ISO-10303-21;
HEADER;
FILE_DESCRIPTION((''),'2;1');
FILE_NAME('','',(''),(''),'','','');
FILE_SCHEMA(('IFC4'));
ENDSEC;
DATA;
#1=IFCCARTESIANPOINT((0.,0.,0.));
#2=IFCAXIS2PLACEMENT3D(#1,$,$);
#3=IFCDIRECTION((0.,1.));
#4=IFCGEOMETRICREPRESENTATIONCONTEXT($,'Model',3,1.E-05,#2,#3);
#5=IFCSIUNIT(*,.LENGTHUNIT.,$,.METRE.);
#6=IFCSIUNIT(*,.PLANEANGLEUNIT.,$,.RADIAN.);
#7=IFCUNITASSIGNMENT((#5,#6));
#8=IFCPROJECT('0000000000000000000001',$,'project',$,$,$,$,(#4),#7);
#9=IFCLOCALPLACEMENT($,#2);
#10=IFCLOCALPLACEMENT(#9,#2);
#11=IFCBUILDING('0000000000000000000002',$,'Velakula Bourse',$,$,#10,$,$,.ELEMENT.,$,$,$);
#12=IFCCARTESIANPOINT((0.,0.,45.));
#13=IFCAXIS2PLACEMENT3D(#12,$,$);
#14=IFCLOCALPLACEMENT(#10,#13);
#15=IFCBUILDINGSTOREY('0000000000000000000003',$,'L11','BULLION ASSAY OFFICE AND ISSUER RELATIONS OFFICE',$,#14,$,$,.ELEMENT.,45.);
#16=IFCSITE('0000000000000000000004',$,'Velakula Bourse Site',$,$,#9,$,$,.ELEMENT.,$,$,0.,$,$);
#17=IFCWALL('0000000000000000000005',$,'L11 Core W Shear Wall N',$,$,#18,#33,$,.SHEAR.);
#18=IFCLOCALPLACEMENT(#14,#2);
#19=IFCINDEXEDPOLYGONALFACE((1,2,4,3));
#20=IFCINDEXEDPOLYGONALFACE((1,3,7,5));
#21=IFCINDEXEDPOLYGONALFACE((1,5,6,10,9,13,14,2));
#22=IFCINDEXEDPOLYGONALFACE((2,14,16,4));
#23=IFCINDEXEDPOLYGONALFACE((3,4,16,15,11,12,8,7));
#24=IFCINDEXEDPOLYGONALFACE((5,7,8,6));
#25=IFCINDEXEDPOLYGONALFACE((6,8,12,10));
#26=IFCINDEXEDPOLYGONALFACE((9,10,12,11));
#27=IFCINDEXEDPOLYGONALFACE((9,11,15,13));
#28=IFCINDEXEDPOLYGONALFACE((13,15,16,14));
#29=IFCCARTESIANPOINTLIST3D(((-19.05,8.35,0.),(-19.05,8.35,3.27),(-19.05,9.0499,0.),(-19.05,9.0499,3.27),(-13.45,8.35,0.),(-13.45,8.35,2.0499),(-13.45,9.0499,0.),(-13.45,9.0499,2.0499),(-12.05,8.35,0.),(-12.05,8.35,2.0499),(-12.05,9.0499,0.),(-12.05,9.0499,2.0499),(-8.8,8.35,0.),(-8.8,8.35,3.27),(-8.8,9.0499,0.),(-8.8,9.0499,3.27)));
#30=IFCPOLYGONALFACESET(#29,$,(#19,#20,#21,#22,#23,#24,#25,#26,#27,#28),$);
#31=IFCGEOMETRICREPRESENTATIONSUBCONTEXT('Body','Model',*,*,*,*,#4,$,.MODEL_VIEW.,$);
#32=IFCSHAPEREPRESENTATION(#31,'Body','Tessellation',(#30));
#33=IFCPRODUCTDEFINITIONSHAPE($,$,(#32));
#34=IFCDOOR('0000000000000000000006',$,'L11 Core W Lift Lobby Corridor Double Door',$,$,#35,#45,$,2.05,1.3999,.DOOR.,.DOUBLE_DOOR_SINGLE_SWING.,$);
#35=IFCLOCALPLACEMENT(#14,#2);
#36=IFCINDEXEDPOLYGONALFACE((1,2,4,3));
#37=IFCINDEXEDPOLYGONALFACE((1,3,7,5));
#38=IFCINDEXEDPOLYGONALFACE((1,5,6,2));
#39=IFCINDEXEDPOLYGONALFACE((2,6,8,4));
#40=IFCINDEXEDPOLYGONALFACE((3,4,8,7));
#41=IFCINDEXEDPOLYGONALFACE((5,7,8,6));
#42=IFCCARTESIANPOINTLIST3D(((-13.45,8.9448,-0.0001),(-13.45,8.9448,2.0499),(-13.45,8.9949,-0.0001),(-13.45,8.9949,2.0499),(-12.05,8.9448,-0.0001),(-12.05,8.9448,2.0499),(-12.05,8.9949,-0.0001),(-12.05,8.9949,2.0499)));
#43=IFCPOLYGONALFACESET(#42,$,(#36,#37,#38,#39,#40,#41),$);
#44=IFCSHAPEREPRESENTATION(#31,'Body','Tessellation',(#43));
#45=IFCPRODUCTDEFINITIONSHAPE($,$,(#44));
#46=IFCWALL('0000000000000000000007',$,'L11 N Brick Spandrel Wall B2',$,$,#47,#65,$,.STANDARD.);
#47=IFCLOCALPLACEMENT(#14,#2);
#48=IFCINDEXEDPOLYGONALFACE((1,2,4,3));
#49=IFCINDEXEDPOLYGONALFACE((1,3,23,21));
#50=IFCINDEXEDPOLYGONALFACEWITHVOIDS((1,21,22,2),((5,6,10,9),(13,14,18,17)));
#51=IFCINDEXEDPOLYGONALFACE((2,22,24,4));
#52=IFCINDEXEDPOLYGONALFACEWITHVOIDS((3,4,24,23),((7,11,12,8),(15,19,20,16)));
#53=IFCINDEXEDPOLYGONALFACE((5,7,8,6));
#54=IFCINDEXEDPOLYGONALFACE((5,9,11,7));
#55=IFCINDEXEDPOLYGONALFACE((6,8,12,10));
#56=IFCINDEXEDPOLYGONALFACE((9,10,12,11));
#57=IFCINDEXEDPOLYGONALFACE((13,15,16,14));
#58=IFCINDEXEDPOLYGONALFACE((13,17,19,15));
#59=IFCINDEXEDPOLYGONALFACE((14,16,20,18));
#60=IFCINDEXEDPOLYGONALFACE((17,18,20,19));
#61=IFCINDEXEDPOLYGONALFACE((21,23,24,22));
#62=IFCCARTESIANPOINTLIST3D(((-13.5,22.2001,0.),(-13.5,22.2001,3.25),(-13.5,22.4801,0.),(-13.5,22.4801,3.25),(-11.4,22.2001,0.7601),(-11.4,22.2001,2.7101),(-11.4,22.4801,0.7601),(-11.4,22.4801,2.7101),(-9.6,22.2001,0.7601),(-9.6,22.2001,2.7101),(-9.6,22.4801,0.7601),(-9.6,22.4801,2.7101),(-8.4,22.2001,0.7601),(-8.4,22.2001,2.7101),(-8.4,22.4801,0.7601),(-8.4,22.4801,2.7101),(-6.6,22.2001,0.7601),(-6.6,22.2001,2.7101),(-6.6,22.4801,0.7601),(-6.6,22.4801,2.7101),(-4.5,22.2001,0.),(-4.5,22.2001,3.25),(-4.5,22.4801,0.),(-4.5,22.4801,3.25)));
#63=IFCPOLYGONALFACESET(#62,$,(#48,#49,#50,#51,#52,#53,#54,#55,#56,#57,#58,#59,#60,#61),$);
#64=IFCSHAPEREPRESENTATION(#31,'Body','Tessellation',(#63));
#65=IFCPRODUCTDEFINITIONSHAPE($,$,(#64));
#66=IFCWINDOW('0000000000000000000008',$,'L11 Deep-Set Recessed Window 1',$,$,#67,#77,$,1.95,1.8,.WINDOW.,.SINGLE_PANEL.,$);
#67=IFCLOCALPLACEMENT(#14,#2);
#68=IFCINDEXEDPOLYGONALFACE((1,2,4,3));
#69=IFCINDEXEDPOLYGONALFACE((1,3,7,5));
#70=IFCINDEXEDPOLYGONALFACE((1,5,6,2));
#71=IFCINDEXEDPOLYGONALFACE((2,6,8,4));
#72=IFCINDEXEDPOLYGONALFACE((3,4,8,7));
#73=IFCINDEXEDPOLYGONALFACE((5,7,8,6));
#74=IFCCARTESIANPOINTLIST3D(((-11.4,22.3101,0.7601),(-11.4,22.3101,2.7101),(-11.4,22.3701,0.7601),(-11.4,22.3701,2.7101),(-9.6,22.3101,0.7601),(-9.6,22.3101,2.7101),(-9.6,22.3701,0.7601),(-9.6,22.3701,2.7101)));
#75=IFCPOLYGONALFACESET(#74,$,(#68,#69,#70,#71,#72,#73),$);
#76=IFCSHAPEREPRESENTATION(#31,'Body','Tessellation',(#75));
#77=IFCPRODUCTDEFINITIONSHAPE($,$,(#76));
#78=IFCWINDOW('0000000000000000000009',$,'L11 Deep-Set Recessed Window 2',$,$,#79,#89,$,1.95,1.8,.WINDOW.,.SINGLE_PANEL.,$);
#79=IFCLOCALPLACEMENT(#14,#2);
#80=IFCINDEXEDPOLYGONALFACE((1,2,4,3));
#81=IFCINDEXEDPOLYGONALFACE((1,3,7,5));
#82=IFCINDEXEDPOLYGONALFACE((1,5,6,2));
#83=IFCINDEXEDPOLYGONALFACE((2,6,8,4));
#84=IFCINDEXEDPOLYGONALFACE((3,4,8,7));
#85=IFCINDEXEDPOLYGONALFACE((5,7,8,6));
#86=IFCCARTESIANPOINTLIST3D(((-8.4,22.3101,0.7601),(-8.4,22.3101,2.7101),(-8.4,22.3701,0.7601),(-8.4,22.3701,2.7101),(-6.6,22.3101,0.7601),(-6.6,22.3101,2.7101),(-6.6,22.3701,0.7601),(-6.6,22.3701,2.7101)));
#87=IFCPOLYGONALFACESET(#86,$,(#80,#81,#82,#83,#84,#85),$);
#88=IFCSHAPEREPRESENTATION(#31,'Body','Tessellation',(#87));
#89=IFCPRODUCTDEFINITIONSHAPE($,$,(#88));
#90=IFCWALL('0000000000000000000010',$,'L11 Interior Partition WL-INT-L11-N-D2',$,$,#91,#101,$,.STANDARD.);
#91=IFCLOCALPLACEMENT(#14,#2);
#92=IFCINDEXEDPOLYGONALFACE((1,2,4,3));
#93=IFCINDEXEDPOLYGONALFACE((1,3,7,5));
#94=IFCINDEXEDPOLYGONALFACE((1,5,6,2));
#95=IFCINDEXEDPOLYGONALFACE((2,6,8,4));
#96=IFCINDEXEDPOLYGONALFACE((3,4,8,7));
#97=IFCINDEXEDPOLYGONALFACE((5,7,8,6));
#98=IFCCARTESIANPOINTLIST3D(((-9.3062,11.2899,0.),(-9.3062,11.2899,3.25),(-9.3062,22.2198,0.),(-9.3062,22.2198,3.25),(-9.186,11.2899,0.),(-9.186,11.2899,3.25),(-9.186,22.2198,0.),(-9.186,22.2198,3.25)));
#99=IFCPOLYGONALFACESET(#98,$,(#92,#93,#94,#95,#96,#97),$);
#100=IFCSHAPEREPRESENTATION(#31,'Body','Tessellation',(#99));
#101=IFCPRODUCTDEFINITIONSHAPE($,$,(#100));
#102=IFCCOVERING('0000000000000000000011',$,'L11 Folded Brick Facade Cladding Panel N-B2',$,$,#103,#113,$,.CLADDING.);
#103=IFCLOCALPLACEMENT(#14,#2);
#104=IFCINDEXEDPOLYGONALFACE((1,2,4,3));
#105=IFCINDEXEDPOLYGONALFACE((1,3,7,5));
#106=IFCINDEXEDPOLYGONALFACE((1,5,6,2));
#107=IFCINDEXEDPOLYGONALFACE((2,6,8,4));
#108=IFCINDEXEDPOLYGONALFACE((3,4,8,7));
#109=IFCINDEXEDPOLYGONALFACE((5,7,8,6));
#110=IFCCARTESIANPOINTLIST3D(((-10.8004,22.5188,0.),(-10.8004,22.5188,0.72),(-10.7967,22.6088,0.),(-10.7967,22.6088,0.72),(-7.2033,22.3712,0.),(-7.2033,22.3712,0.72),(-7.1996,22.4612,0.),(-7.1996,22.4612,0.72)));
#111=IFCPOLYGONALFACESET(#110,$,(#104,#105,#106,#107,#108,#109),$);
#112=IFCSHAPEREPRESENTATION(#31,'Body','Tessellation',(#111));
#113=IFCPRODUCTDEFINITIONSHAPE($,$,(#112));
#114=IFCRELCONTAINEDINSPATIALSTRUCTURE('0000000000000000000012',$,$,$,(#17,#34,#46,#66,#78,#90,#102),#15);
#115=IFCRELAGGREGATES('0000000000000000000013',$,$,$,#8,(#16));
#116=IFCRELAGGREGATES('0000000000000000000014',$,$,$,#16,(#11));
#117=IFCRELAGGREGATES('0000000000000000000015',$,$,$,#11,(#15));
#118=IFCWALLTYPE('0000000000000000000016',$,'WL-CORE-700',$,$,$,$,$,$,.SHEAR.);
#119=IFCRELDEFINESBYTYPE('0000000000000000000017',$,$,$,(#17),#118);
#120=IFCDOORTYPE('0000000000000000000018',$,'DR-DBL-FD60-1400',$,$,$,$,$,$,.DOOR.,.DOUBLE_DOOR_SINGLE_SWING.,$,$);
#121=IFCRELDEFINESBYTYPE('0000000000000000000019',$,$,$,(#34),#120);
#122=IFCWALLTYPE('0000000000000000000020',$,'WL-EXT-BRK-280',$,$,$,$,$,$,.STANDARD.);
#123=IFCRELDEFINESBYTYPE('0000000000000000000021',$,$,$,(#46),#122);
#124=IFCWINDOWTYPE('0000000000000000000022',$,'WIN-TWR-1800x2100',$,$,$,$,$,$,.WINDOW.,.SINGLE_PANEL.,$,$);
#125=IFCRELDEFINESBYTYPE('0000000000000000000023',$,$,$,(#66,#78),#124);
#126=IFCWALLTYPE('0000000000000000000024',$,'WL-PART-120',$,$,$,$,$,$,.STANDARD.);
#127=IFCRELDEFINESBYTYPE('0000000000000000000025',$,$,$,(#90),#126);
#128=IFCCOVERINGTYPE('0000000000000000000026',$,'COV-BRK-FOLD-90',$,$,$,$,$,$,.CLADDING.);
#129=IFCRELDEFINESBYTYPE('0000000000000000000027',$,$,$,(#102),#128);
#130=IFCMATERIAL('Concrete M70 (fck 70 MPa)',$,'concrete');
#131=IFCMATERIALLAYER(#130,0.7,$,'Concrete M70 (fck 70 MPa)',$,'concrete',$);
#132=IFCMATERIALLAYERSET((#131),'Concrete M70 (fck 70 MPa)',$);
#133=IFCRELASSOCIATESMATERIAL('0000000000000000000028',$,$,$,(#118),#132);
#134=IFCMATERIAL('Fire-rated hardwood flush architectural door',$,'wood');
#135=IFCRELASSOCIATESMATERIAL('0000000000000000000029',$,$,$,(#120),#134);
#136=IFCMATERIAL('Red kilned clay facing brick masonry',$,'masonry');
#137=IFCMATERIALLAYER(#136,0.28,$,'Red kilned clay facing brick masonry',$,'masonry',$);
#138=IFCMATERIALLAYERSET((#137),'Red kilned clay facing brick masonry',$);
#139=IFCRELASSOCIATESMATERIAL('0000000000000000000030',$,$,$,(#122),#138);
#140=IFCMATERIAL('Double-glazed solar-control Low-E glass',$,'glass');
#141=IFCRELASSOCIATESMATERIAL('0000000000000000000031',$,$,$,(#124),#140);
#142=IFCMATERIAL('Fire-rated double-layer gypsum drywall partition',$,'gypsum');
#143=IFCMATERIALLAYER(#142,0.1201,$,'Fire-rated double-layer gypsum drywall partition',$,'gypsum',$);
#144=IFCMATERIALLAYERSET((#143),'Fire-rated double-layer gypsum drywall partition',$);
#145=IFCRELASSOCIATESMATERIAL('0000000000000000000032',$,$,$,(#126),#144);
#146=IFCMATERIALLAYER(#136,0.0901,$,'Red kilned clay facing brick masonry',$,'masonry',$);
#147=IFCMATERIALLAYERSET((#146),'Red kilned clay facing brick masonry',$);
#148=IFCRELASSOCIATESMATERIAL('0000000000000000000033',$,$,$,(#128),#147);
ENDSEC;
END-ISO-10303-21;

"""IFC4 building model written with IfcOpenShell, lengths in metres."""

from ifc_helpers import new_model, si_unit, direction, frame, frame_2d, origin, origin_2d, place, context, subcontext, project, spatial, rectangle, extrude, material, layer, layer_set, type_object, element, fill, save


model = new_model("IFC4")

# Units and contexts
model_context = context("Model", 3, precision=1e-05, world=origin(), true_north=direction((0.0, 1.0)))
body_context = subcontext(model_context, "Body", "Model", "MODEL_VIEW")
ifc_project = project(units=[si_unit("LENGTHUNIT", "METRE"), si_unit("PLANEANGLEUNIT", "RADIAN")], contexts=[model_context])

# Site, building, storey
site_placement = place(None, origin())
site = spatial("IfcSite", under=ifc_project, at=site_placement, Name="Velakula Bourse Site", CompositionType="ELEMENT", RefElevation=0.0)
building_placement = place(site_placement, origin())
building = spatial("IfcBuilding", under=site, at=building_placement, Name="Velakula Bourse", CompositionType="ELEMENT")
storey_placement = place(building_placement, frame((0.0, 0.0, 45.0)))
storey = spatial("IfcBuildingStorey", under=building, at=storey_placement, Name="L11", Description="BULLION ASSAY OFFICE AND ISSUER RELATIONS OFFICE", CompositionType="ELEMENT", Elevation=45.0)

# Wall, opening, door
ifc_material_1 = material(Name="Concrete M70 (fck 70 MPa)", Category="concrete")
ifc_layer_1 = layer(ifc_material_1, 0.7, Name="Concrete M70 (fck 70 MPa)", Category="concrete")
ifc_layer_set_1 = layer_set([ifc_layer_1], Name="Concrete M70 (fck 70 MPa)")
wall_type_1 = type_object("IfcWallType", Name="WL-CORE-700", PredefinedType="SHEAR", material=ifc_layer_set_1)
wall_1_placement = place(storey_placement, frame((-19.05, 8.7, 0.0), z_axis=(0.0, 0.0, 1.0), x_axis=(1.0, 0.0, 0.0)))
wall_1 = element("IfcWall", 1, at=wall_1_placement, inside=storey, type_object=wall_type_1, Name="L11 Core W Shear Wall N", PredefinedType="SHEAR", context=body_context, shape_type="SweptSolid", body=[
    extrude(rectangle(XDim=10.25, YDim=0.7, at=frame_2d((5.125, 0.0))), origin(), (0.0, 0.0, 1.0), 3.27),
])
opening_1_placement = place(wall_1_placement, frame((5.6001, 0.0, 0.0)))
opening_1 = element("IfcOpeningElement", 2, at=opening_1_placement, cuts=wall_1, PredefinedType="OPENING", context=body_context, shape_type="SweptSolid", body=[
    extrude(rectangle(XDim=1.3999, YDim=2.05, at=frame_2d((0.7, 1.0249))), frame((0.0, 0.3599, 0.0), z_axis=(0.0, -1.0, 0.0), x_axis=(1.0, 0.0, 0.0)), (0.0, 0.0, 1.0), 0.72),
])
ifc_material_2 = material(Name="Fire-rated hardwood flush architectural door", Category="wood")
door_type = type_object("IfcDoorType", Name="DR-DBL-FD60-1400", OperationType="DOUBLE_DOOR_SINGLE_SWING", PredefinedType="DOOR", material=ifc_material_2)
door_placement = place(opening_1_placement, origin())
door = element("IfcDoor", 3, at=door_placement, inside=storey, type_object=door_type, Name="L11 Core W Lift Lobby Corridor Double Door", OperationType="DOUBLE_DOOR_SINGLE_SWING", OverallHeight=2.05, OverallWidth=1.3999, PredefinedType="DOOR", context=body_context, shape_type="SweptSolid", body=[
    extrude(rectangle(XDim=1.3999, YDim=2.05, at=frame_2d((0.7, 1.0249))), frame((0.0, 0.2949, 0.0), z_axis=(0.0, -1.0, 0.0), x_axis=(1.0, 0.0, 0.0)), (0.0, 0.0, 1.0), 0.05),
])
fill(opening_1, door)

# Wall, openings, windows
ifc_material_3 = material(Name="Red kilned clay facing brick masonry", Category="masonry")
ifc_layer_2 = layer(ifc_material_3, 0.28, Name="Red kilned clay facing brick masonry", Category="masonry")
ifc_layer_set_2 = layer_set([ifc_layer_2], Name="Red kilned clay facing brick masonry")
wall_type_2 = type_object("IfcWallType", Name="WL-EXT-BRK-280", PredefinedType="STANDARD", material=ifc_layer_set_2)
wall_2_placement = place(storey_placement, frame((-13.5, 22.3401, 0.0), z_axis=(0.0, 0.0, 1.0), x_axis=(1.0, 0.0, 0.0)))
wall_2 = element("IfcWall", 4, at=wall_2_placement, inside=storey, type_object=wall_type_2, Name="L11 N Brick Spandrel Wall B2", PredefinedType="STANDARD", context=body_context, shape_type="SweptSolid", body=[
    extrude(rectangle(XDim=9.0, YDim=0.28, at=frame_2d((4.5, 0.0))), origin(), (0.0, 0.0, 1.0), 3.25),
])
opening_2_placement = place(wall_2_placement, frame((2.1001, 0.0, 0.76)))
opening_2 = element("IfcOpeningElement", 5, at=opening_2_placement, cuts=wall_2, PredefinedType="OPENING", context=body_context, shape_type="SweptSolid", body=[
    extrude(rectangle(XDim=1.8, YDim=1.95, at=frame_2d((0.8999, 0.9751))), frame((0.0, 0.1499, 0.0), z_axis=(0.0, -1.0, 0.0), x_axis=(1.0, 0.0, 0.0)), (0.0, 0.0, 1.0), 0.3),
])
opening_3_placement = place(wall_2_placement, frame((5.1001, 0.0, 0.76)))
opening_3 = element("IfcOpeningElement", 6, at=opening_3_placement, cuts=wall_2, PredefinedType="OPENING", context=body_context, shape_type="SweptSolid", body=[
    extrude(rectangle(XDim=1.8, YDim=1.95, at=frame_2d((0.8999, 0.9751))), frame((0.0, 0.1499, 0.0), z_axis=(0.0, -1.0, 0.0), x_axis=(1.0, 0.0, 0.0)), (0.0, 0.0, 1.0), 0.3),
])
ifc_material_4 = material(Name="Double-glazed solar-control Low-E glass", Category="glass")
window_type = type_object("IfcWindowType", Name="WIN-TWR-1800x2100", PartitioningType="SINGLE_PANEL", PredefinedType="WINDOW", material=ifc_material_4)
window_1_placement = place(opening_2_placement, origin())
window_1 = element("IfcWindow", 7, at=window_1_placement, inside=storey, type_object=window_type, Name="L11 Deep-Set Recessed Window 1", OverallHeight=1.95, OverallWidth=1.8, PartitioningType="SINGLE_PANEL", PredefinedType="WINDOW", context=body_context, shape_type="SweptSolid", body=[
    extrude(rectangle(XDim=1.8, YDim=1.95, at=frame_2d((0.8999, 0.9751))), frame((0.0, 0.03, 0.0), z_axis=(0.0, -1.0, 0.0), x_axis=(1.0, 0.0, 0.0)), (0.0, 0.0, 1.0), 0.0601),
])
fill(opening_2, window_1)
window_2_placement = place(opening_3_placement, origin())
window_2 = element("IfcWindow", 8, at=window_2_placement, inside=storey, type_object=window_type, Name="L11 Deep-Set Recessed Window 2", OverallHeight=1.95, OverallWidth=1.8, PartitioningType="SINGLE_PANEL", PredefinedType="WINDOW", context=body_context, shape_type="SweptSolid", body=[
    extrude(rectangle(XDim=1.8, YDim=1.95, at=frame_2d((0.8999, 0.9751))), frame((0.0, 0.03, 0.0), z_axis=(0.0, -1.0, 0.0), x_axis=(1.0, 0.0, 0.0)), (0.0, 0.0, 1.0), 0.0601),
])
fill(opening_3, window_2)

# Wall
ifc_material_5 = material(Name="Fire-rated double-layer gypsum drywall partition", Category="gypsum")
ifc_layer_3 = layer(ifc_material_5, 0.1201, Name="Fire-rated double-layer gypsum drywall partition", Category="gypsum")
ifc_layer_set_3 = layer_set([ifc_layer_3], Name="Fire-rated double-layer gypsum drywall partition")
wall_type_3 = type_object("IfcWallType", Name="WL-PART-120", PredefinedType="STANDARD", material=ifc_layer_set_3)
wall_3_placement = place(storey_placement, frame((-9.2461, 11.29, 0.0), z_axis=(0.0, 0.0, 1.0), x_axis=(0.0, 1.0, 0.0)))
element("IfcWall", 9, at=wall_3_placement, inside=storey, type_object=wall_type_3, Name="L11 Interior Partition WL-INT-L11-N-D2", PredefinedType="STANDARD", context=body_context, shape_type="SweptSolid", body=[
    extrude(rectangle(XDim=10.9299, YDim=0.1201, at=frame_2d((5.4648, 0.0))), origin(), (0.0, 0.0, 1.0), 3.25),
])

# Covering
ifc_layer_4 = layer(ifc_material_3, 0.0901, Name="Red kilned clay facing brick masonry", Category="masonry")
ifc_layer_set_4 = layer_set([ifc_layer_4], Name="Red kilned clay facing brick masonry")
covering_type = type_object("IfcCoveringType", Name="COV-BRK-FOLD-90", PredefinedType="CLADDING", material=ifc_layer_set_4)
covering_placement = place(storey_placement, frame((-9.0, 22.49, 0.0), z_axis=(0.0, 0.0, 1.0), x_axis=(0.999159, -0.041004, 0.0)))
element("IfcCovering", 10, at=covering_placement, inside=storey, type_object=covering_type, Name="L11 Folded Brick Facade Cladding Panel N-B2", PredefinedType="CLADDING", context=body_context, shape_type="SweptSolid", body=[
    extrude(rectangle(XDim=3.6001, YDim=0.0901, at=origin_2d()), origin(), (0.0, 0.0, 1.0), 0.72),
])

save(model, "model.ifc")
